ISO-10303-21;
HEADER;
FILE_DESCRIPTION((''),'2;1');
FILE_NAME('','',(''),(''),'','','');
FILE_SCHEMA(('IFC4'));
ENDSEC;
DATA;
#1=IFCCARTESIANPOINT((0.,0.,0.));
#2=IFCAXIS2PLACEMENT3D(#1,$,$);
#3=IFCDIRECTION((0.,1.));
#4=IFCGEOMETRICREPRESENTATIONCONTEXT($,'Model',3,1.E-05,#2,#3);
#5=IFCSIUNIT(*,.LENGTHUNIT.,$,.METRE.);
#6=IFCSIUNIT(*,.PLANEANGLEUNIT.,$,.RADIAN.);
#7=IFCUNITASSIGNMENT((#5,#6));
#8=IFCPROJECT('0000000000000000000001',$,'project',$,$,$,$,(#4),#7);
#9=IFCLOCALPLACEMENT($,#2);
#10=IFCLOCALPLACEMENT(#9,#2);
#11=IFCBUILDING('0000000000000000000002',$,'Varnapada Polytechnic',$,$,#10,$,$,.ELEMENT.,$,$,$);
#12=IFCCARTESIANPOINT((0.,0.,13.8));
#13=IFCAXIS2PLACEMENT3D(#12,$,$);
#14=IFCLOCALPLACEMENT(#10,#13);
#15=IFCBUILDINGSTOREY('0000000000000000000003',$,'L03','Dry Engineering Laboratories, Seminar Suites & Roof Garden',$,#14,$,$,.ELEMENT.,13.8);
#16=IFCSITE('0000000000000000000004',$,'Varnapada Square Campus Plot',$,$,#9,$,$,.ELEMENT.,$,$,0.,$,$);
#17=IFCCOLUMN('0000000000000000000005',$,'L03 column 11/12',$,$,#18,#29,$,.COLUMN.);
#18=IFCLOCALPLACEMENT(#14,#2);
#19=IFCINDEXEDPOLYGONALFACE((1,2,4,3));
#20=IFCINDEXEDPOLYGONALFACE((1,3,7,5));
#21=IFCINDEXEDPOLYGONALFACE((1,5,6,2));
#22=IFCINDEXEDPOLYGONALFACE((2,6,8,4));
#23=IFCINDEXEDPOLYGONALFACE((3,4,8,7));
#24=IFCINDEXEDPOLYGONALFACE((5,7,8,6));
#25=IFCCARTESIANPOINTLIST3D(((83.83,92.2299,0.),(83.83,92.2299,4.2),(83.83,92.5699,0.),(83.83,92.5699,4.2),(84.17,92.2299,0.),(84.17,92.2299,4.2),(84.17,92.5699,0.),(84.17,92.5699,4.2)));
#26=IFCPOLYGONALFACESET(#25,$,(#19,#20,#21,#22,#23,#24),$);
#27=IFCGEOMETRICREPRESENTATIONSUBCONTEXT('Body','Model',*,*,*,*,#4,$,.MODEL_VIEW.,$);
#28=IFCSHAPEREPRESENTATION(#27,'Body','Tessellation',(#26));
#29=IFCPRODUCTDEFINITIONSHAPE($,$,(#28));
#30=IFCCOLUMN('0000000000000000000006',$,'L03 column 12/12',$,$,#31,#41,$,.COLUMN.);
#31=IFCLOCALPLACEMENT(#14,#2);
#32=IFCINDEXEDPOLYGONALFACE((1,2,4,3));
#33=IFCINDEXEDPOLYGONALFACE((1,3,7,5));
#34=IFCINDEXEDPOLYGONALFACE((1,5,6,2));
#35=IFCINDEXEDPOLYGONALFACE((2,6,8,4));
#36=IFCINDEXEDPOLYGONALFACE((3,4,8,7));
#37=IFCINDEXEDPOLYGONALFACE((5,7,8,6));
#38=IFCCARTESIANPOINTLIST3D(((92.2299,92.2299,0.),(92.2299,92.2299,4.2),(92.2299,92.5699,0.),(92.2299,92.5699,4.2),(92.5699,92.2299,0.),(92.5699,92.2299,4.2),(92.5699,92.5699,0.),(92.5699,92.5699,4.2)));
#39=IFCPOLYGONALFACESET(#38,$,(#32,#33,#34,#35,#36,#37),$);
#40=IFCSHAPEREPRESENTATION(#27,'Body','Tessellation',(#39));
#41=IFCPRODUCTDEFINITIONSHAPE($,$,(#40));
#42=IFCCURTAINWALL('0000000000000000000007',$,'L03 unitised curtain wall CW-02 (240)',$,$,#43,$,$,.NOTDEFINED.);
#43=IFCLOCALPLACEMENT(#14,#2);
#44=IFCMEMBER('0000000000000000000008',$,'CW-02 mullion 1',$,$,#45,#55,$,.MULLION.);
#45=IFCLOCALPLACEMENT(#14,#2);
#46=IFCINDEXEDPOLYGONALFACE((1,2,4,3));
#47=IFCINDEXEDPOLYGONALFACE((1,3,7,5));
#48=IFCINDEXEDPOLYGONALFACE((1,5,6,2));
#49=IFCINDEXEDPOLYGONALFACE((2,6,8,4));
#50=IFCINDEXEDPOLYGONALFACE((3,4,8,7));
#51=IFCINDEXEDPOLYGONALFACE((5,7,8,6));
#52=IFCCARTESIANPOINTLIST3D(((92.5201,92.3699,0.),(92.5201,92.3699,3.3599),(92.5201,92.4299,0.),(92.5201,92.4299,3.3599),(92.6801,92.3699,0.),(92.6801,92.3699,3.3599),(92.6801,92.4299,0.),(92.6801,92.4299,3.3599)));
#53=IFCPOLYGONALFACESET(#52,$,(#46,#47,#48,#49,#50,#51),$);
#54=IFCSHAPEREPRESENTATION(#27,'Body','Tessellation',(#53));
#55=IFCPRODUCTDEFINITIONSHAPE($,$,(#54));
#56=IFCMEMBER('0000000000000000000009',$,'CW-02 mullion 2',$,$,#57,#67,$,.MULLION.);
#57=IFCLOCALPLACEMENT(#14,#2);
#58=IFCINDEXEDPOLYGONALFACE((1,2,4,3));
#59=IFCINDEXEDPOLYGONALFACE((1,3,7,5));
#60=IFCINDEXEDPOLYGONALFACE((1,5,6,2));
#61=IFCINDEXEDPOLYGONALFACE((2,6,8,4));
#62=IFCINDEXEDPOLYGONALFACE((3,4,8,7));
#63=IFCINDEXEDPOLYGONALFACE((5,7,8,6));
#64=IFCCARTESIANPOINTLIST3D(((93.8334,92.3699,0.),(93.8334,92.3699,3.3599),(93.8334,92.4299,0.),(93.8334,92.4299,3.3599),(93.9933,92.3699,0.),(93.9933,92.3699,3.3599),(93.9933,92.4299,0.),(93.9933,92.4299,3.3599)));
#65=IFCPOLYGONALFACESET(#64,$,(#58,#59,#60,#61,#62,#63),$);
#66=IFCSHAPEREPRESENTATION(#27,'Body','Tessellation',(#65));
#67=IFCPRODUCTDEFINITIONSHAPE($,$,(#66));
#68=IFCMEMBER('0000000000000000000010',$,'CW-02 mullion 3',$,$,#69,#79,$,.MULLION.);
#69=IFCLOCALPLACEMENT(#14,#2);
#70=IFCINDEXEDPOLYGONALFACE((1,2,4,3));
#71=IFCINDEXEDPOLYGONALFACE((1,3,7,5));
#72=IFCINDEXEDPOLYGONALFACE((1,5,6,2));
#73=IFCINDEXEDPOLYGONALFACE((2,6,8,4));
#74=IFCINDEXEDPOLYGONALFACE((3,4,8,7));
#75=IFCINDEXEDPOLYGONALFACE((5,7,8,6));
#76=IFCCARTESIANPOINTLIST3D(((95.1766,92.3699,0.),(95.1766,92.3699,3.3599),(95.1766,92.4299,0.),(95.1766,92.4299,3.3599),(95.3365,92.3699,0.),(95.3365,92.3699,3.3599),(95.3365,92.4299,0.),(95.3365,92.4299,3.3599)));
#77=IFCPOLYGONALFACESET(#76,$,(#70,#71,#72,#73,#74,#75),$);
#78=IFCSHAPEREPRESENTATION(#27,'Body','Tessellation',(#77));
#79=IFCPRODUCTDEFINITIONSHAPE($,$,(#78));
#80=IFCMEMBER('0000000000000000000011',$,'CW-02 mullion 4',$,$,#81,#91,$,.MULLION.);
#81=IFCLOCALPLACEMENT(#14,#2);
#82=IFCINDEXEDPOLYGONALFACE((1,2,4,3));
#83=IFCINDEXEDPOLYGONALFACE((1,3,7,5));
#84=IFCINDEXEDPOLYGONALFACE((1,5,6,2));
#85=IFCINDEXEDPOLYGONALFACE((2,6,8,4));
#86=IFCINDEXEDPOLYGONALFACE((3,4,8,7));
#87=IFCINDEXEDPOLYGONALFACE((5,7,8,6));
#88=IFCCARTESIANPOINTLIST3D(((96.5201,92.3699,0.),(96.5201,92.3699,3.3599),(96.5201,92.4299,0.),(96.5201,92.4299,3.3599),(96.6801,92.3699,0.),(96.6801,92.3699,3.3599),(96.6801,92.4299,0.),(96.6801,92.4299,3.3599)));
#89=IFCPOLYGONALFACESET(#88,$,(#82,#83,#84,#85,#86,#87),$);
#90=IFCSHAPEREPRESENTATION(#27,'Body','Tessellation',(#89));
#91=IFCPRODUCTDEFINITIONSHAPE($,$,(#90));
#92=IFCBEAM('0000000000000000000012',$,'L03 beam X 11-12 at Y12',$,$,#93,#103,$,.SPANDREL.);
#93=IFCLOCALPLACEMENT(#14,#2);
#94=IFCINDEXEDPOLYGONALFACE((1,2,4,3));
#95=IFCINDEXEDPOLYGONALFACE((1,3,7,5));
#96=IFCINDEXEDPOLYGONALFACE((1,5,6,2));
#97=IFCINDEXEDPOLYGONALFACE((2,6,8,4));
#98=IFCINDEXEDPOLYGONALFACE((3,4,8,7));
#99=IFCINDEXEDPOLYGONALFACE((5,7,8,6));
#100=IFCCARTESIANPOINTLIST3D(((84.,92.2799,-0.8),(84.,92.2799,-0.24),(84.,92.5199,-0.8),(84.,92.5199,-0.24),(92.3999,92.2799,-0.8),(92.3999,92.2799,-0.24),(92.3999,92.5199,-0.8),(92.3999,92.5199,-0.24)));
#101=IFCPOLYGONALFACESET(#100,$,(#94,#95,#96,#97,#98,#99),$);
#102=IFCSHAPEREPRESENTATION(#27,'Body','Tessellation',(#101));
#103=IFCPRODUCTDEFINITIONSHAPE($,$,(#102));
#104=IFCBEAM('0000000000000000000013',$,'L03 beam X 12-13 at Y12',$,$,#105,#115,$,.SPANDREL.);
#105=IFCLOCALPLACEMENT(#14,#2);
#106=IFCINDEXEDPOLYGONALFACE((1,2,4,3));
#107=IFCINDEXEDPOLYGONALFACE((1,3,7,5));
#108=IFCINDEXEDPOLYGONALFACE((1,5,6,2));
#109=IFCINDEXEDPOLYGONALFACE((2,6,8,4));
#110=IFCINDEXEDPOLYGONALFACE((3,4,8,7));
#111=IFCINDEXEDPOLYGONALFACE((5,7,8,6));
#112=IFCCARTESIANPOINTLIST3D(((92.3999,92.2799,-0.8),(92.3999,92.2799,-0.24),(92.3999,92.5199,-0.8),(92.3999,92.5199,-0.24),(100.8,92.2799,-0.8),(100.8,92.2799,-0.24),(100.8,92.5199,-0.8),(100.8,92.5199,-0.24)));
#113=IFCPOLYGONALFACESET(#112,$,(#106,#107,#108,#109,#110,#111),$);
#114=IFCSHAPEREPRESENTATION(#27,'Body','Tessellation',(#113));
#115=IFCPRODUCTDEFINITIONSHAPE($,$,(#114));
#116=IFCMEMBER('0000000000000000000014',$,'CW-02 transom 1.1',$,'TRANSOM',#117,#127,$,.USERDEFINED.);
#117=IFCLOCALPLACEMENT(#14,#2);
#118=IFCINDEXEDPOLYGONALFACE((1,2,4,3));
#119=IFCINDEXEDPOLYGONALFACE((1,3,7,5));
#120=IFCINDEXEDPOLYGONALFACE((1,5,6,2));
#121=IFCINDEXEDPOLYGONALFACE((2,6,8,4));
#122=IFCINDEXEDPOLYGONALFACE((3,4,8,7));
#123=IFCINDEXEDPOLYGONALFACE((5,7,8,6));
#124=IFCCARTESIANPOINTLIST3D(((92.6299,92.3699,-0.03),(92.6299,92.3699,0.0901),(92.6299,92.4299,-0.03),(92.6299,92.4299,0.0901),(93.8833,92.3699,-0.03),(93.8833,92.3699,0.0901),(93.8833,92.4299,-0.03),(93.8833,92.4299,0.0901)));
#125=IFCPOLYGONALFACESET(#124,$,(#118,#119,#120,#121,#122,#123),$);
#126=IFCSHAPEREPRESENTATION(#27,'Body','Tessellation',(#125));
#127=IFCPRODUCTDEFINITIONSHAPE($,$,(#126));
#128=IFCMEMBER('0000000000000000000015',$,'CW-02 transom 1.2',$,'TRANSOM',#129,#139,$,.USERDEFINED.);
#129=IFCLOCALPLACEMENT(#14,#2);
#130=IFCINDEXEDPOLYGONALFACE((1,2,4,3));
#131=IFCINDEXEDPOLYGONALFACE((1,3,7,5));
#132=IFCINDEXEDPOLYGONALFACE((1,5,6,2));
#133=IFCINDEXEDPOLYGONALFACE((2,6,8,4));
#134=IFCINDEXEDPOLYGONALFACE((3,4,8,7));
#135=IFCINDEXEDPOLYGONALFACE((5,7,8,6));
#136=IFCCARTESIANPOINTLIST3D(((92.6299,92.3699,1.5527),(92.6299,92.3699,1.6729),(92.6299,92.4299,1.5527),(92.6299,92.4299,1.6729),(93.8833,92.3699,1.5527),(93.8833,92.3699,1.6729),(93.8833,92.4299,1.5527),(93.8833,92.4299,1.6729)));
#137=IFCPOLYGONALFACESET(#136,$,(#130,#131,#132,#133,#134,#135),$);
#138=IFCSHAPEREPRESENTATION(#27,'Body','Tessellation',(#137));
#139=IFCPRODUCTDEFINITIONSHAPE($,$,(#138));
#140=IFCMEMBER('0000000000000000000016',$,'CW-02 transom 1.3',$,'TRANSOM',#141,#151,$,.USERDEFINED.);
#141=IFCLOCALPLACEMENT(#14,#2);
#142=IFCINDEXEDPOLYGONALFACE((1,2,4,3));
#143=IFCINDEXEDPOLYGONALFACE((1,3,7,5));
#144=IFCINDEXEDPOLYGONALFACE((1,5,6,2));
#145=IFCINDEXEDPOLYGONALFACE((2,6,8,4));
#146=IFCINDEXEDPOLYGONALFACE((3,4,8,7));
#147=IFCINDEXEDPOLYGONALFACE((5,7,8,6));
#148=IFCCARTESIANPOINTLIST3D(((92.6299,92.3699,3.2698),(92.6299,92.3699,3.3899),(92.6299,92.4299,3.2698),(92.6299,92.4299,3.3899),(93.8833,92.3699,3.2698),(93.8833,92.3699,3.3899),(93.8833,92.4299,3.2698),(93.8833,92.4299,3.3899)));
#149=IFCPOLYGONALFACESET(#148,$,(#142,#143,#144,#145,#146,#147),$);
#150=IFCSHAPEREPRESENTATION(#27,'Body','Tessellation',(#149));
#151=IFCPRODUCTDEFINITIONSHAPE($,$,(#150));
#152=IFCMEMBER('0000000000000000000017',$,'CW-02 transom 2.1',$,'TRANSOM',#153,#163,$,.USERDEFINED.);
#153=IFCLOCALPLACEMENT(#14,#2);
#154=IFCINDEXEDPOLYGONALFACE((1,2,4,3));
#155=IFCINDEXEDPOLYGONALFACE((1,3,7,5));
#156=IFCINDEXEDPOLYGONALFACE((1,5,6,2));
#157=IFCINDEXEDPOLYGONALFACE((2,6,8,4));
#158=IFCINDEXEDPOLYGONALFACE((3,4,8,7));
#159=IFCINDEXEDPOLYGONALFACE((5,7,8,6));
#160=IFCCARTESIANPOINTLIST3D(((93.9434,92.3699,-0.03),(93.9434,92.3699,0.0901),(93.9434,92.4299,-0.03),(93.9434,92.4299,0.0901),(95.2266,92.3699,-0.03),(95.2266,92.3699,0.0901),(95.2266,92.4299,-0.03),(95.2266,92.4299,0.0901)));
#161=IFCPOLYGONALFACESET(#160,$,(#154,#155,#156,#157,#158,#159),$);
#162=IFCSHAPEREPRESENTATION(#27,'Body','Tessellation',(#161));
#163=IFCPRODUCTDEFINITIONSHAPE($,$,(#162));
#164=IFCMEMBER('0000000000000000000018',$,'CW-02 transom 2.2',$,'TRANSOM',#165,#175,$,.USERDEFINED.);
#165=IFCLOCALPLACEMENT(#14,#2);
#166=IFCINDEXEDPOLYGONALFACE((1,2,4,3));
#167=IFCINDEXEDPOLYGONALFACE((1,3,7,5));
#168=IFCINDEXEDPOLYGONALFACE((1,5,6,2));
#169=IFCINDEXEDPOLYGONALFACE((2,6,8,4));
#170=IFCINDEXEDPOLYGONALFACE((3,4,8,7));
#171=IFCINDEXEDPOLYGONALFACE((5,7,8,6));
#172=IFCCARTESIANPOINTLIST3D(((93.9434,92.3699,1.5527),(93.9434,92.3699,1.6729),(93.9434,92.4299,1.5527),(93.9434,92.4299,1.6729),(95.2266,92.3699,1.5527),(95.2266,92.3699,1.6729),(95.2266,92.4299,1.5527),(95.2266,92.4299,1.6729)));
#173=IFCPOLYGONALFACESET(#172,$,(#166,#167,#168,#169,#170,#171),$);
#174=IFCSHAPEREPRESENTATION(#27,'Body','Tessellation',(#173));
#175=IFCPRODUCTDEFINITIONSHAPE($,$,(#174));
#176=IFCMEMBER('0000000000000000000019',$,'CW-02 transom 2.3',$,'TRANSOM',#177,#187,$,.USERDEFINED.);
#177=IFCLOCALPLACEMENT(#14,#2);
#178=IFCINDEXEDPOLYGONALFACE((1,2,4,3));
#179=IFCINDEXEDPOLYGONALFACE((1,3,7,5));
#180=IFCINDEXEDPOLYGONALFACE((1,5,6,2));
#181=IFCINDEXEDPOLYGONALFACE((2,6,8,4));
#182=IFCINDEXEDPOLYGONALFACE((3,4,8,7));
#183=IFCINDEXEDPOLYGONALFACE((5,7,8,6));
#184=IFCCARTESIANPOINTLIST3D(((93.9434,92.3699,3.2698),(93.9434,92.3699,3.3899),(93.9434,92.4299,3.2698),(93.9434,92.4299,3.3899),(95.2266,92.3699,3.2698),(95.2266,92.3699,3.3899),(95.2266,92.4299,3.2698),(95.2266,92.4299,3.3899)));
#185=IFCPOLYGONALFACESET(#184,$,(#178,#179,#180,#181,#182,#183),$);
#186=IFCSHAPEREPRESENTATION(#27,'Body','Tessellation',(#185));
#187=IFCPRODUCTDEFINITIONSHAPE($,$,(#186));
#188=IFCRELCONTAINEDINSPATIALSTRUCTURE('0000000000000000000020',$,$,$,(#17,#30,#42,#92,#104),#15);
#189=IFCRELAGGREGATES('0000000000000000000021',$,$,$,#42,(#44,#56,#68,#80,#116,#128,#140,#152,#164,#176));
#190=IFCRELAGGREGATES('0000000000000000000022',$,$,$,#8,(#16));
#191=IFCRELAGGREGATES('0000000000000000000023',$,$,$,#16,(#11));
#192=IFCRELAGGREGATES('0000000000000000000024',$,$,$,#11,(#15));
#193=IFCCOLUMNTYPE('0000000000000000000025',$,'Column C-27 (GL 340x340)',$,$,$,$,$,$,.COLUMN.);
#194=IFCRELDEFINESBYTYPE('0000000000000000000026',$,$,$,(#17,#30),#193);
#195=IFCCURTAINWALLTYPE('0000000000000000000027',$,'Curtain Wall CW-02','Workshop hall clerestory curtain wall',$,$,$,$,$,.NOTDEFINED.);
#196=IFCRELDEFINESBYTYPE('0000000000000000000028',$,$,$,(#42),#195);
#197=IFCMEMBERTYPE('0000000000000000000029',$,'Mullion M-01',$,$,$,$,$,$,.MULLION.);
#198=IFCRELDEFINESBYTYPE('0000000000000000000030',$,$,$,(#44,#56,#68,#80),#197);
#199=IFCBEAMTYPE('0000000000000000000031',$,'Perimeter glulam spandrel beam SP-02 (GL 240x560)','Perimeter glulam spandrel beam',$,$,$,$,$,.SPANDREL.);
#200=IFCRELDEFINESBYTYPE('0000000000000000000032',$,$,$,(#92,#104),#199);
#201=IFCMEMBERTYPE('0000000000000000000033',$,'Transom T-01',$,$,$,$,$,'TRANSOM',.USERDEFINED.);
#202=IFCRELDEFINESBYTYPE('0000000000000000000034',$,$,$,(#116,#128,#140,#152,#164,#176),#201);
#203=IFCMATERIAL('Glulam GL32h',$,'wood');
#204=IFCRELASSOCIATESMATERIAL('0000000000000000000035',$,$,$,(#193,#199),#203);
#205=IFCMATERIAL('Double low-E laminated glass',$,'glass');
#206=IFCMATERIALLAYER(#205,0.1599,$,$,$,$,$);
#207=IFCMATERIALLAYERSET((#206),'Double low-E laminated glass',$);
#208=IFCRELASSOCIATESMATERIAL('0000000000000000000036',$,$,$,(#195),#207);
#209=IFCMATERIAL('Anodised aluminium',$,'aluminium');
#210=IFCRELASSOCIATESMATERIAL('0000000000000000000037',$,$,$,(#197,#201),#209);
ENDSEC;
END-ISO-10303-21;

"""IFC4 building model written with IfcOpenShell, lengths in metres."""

from ifc_helpers import new_model, si_unit, direction, frame, origin, origin_2d, place, context, subcontext, project, spatial, rectangle, extrude, material, layer, layer_set, material_profile, profile_set, type_object, element, aggregate, save


model = new_model("IFC4")

# Units and contexts
model_context = context("Model", 3, precision=1e-05, world=origin(), true_north=direction((0.0, 1.0)))
body_context = subcontext(model_context, "Body", "Model", "MODEL_VIEW")
ifc_project = project(units=[si_unit("LENGTHUNIT", "METRE"), si_unit("PLANEANGLEUNIT", "RADIAN")], contexts=[model_context])

# Site, building, storey
site_placement = place(None, origin())
site = spatial("IfcSite", under=ifc_project, at=site_placement, Name="Varnapada Square Campus Plot", CompositionType="ELEMENT", RefElevation=0.0)
building_placement = place(site_placement, origin())
building = spatial("IfcBuilding", under=site, at=building_placement, Name="Varnapada Polytechnic", CompositionType="ELEMENT")
storey_placement = place(building_placement, frame((0.0, 0.0, 13.8)))
storey = spatial("IfcBuildingStorey", under=building, at=storey_placement, Name="L03", Description="Dry Engineering Laboratories, Seminar Suites & Roof Garden", CompositionType="ELEMENT", Elevation=13.8)

# Columns
ifc_material_1 = material(Name="Glulam GL32h", Category="wood")
ifc_material_profile_1 = material_profile(ifc_material_1, rectangle(XDim=0.3401, YDim=0.3401, at=origin_2d()), Name="GL 340x340")
ifc_profile_set_1 = profile_set([ifc_material_profile_1], Name="Glulam GL32h")
column_type = type_object("IfcColumnType", Name="Column C-27 (GL 340x340)", PredefinedType="COLUMN", material=ifc_profile_set_1)
for number, where, z_axis, x_axis, name in (
    (1, (84.0, 92.3999, 0.0), (0.0, 0.0, 1.0), (1.0, 0.0, 0.0), "L03 column 11/12"),
    (2, (92.3999, 92.3999, 0.0), (0.0, 0.0, 1.0), (1.0, 0.0, 0.0), "L03 column 12/12"),
):
    element("IfcColumn", number, at=place(storey_placement, frame(where, z_axis=z_axis, x_axis=x_axis)), inside=storey, type_object=column_type, Name=name, PredefinedType="COLUMN", context=body_context, shape_type="SweptSolid", body=[
        extrude(rectangle(XDim=0.3401, YDim=0.3401, at=origin_2d()), origin(), (0.0, 0.0, 1.0), 4.2),
    ])

# Curtain wall, members
ifc_material_2 = material(Name="Double low-E laminated glass", Category="glass")
ifc_layer_1 = layer(ifc_material_2, 0.1599)
ifc_layer_set_1 = layer_set([ifc_layer_1], Name="Double low-E laminated glass")
curtain_wall_type = type_object("IfcCurtainWallType", Name="Curtain Wall CW-02", Description="Workshop hall clerestory curtain wall", PredefinedType="NOTDEFINED", material=ifc_layer_set_1)
curtain_wall_placement = place(storey_placement, origin())
curtain_wall = element("IfcCurtainWall", 3, at=curtain_wall_placement, inside=storey, type_object=curtain_wall_type, Name="L03 unitised curtain wall CW-02 (240)", PredefinedType="NOTDEFINED")
ifc_material_3 = material(Name="Anodised aluminium", Category="aluminium")
ifc_material_profile_2 = material_profile(ifc_material_3, rectangle(XDim=0.0601, YDim=0.1599, at=origin_2d()), Name="ALU M60x160")
ifc_profile_set_2 = profile_set([ifc_material_profile_2], Name="Anodised aluminium")
member_type_1 = type_object("IfcMemberType", Name="Mullion M-01", PredefinedType="MULLION", material=ifc_profile_set_2)
member_1_placement = place(storey_placement, frame((92.6001, 92.3999, 0.0), z_axis=(0.0, 0.0, 1.0), x_axis=(0.0, 1.0, 0.0)))
member_1 = element("IfcMember", 4, at=member_1_placement, type_object=member_type_1, Name="CW-02 mullion 1", PredefinedType="MULLION", context=body_context, shape_type="SweptSolid", body=[
    extrude(rectangle(XDim=0.0601, YDim=0.1599, at=origin_2d()), origin(), (0.0, 0.0, 1.0), 3.3599),
])
member_2_placement = place(storey_placement, frame((93.9133, 92.3999, 0.0), z_axis=(0.0, 0.0, 1.0), x_axis=(0.0, 1.0, 0.0)))
member_2 = element("IfcMember", 5, at=member_2_placement, type_object=member_type_1, Name="CW-02 mullion 2", PredefinedType="MULLION", context=body_context, shape_type="SweptSolid", body=[
    extrude(rectangle(XDim=0.0601, YDim=0.1599, at=origin_2d()), origin(), (0.0, 0.0, 1.0), 3.3599),
])
member_3_placement = place(storey_placement, frame((95.2566, 92.3999, 0.0), z_axis=(0.0, 0.0, 1.0), x_axis=(0.0, 1.0, 0.0)))
member_3 = element("IfcMember", 6, at=member_3_placement, type_object=member_type_1, Name="CW-02 mullion 3", PredefinedType="MULLION", context=body_context, shape_type="SweptSolid", body=[
    extrude(rectangle(XDim=0.0601, YDim=0.1599, at=origin_2d()), origin(), (0.0, 0.0, 1.0), 3.3599),
])
member_4_placement = place(storey_placement, frame((96.6001, 92.3999, 0.0), z_axis=(0.0, 0.0, 1.0), x_axis=(0.0, 1.0, 0.0)))
member_4 = element("IfcMember", 7, at=member_4_placement, type_object=member_type_1, Name="CW-02 mullion 4", PredefinedType="MULLION", context=body_context, shape_type="SweptSolid", body=[
    extrude(rectangle(XDim=0.0601, YDim=0.1599, at=origin_2d()), origin(), (0.0, 0.0, 1.0), 3.3599),
])

# Beams
ifc_material_profile_3 = material_profile(ifc_material_1, rectangle(XDim=0.24, YDim=0.5601, at=origin_2d()), Name="GL 240x560")
ifc_profile_set_3 = profile_set([ifc_material_profile_3], Name="Glulam GL32h")
beam_type = type_object("IfcBeamType", Name="Perimeter glulam spandrel beam SP-02 (GL 240x560)", Description="Perimeter glulam spandrel beam", PredefinedType="SPANDREL", material=ifc_profile_set_3)
beam_1_placement = place(storey_placement, frame((84.0, 92.3999, -0.52), z_axis=(1.0, 0.0, 0.0), x_axis=(0.0, 1.0, 0.0)))
element("IfcBeam", 8, at=beam_1_placement, inside=storey, type_object=beam_type, Name="L03 beam X 11-12 at Y12", PredefinedType="SPANDREL", context=body_context, shape_type="SweptSolid", body=[
    extrude(rectangle(XDim=0.24, YDim=0.5601, at=origin_2d()), origin(), (0.0, 0.0, 1.0), 8.3999),
])
beam_2_placement = place(storey_placement, frame((92.3999, 92.3999, -0.52), z_axis=(1.0, 0.0, 0.0), x_axis=(0.0, 1.0, 0.0)))
element("IfcBeam", 9, at=beam_2_placement, inside=storey, type_object=beam_type, Name="L03 beam X 12-13 at Y12", PredefinedType="SPANDREL", context=body_context, shape_type="SweptSolid", body=[
    extrude(rectangle(XDim=0.24, YDim=0.5601, at=origin_2d()), origin(), (0.0, 0.0, 1.0), 8.4001),
])

# Members
ifc_material_profile_4 = material_profile(ifc_material_3, rectangle(XDim=0.0601, YDim=0.1201, at=origin_2d()), Name="ALU T60x120")
ifc_profile_set_4 = profile_set([ifc_material_profile_4], Name="Anodised aluminium")
member_type_2 = type_object("IfcMemberType", Name="Transom T-01", ElementType="TRANSOM", PredefinedType="USERDEFINED", material=ifc_profile_set_4)
member_5_placement = place(storey_placement, frame((92.6299, 92.3999, 0.03), z_axis=(1.0, 0.0, 0.0), x_axis=(0.0, 1.0, 0.0)))
member_5 = element("IfcMember", 10, at=member_5_placement, type_object=member_type_2, Name="CW-02 transom 1.1", ObjectType="TRANSOM", PredefinedType="USERDEFINED", context=body_context, shape_type="SweptSolid", body=[
    extrude(rectangle(XDim=0.0601, YDim=0.1201, at=origin_2d()), origin(), (0.0, 0.0, 1.0), 1.2534),
])
member_6_placement = place(storey_placement, frame((92.6299, 92.3999, 1.6128), z_axis=(1.0, 0.0, 0.0), x_axis=(0.0, 1.0, 0.0)))
member_6 = element("IfcMember", 11, at=member_6_placement, type_object=member_type_2, Name="CW-02 transom 1.2", ObjectType="TRANSOM", PredefinedType="USERDEFINED", context=body_context, shape_type="SweptSolid", body=[
    extrude(rectangle(XDim=0.0601, YDim=0.1201, at=origin_2d()), origin(), (0.0, 0.0, 1.0), 1.2534),
])
member_7_placement = place(storey_placement, frame((92.6299, 92.3999, 3.3298), z_axis=(1.0, 0.0, 0.0), x_axis=(0.0, 1.0, 0.0)))
member_7 = element("IfcMember", 12, at=member_7_placement, type_object=member_type_2, Name="CW-02 transom 1.3", ObjectType="TRANSOM", PredefinedType="USERDEFINED", context=body_context, shape_type="SweptSolid", body=[
    extrude(rectangle(XDim=0.0601, YDim=0.1201, at=origin_2d()), origin(), (0.0, 0.0, 1.0), 1.2534),
])
member_8_placement = place(storey_placement, frame((93.9434, 92.3999, 0.03), z_axis=(1.0, 0.0, 0.0), x_axis=(0.0, 1.0, 0.0)))
member_8 = element("IfcMember", 13, at=member_8_placement, type_object=member_type_2, Name="CW-02 transom 2.1", ObjectType="TRANSOM", PredefinedType="USERDEFINED", context=body_context, shape_type="SweptSolid", body=[
    extrude(rectangle(XDim=0.0601, YDim=0.1201, at=origin_2d()), origin(), (0.0, 0.0, 1.0), 1.2832),
])
member_9_placement = place(storey_placement, frame((93.9434, 92.3999, 1.6128), z_axis=(1.0, 0.0, 0.0), x_axis=(0.0, 1.0, 0.0)))
member_9 = element("IfcMember", 14, at=member_9_placement, type_object=member_type_2, Name="CW-02 transom 2.2", ObjectType="TRANSOM", PredefinedType="USERDEFINED", context=body_context, shape_type="SweptSolid", body=[
    extrude(rectangle(XDim=0.0601, YDim=0.1201, at=origin_2d()), origin(), (0.0, 0.0, 1.0), 1.2832),
])
member_10_placement = place(storey_placement, frame((93.9434, 92.3999, 3.3298), z_axis=(1.0, 0.0, 0.0), x_axis=(0.0, 1.0, 0.0)))
member_10 = element("IfcMember", 15, at=member_10_placement, type_object=member_type_2, Name="CW-02 transom 2.3", ObjectType="TRANSOM", PredefinedType="USERDEFINED", context=body_context, shape_type="SweptSolid", body=[
    extrude(rectangle(XDim=0.0601, YDim=0.1201, at=origin_2d()), origin(), (0.0, 0.0, 1.0), 1.2832),
])

aggregate(curtain_wall, [member_1, member_2, member_3, member_4, member_5, member_6, member_7, member_8, member_9, member_10])

save(model, "model.ifc")
